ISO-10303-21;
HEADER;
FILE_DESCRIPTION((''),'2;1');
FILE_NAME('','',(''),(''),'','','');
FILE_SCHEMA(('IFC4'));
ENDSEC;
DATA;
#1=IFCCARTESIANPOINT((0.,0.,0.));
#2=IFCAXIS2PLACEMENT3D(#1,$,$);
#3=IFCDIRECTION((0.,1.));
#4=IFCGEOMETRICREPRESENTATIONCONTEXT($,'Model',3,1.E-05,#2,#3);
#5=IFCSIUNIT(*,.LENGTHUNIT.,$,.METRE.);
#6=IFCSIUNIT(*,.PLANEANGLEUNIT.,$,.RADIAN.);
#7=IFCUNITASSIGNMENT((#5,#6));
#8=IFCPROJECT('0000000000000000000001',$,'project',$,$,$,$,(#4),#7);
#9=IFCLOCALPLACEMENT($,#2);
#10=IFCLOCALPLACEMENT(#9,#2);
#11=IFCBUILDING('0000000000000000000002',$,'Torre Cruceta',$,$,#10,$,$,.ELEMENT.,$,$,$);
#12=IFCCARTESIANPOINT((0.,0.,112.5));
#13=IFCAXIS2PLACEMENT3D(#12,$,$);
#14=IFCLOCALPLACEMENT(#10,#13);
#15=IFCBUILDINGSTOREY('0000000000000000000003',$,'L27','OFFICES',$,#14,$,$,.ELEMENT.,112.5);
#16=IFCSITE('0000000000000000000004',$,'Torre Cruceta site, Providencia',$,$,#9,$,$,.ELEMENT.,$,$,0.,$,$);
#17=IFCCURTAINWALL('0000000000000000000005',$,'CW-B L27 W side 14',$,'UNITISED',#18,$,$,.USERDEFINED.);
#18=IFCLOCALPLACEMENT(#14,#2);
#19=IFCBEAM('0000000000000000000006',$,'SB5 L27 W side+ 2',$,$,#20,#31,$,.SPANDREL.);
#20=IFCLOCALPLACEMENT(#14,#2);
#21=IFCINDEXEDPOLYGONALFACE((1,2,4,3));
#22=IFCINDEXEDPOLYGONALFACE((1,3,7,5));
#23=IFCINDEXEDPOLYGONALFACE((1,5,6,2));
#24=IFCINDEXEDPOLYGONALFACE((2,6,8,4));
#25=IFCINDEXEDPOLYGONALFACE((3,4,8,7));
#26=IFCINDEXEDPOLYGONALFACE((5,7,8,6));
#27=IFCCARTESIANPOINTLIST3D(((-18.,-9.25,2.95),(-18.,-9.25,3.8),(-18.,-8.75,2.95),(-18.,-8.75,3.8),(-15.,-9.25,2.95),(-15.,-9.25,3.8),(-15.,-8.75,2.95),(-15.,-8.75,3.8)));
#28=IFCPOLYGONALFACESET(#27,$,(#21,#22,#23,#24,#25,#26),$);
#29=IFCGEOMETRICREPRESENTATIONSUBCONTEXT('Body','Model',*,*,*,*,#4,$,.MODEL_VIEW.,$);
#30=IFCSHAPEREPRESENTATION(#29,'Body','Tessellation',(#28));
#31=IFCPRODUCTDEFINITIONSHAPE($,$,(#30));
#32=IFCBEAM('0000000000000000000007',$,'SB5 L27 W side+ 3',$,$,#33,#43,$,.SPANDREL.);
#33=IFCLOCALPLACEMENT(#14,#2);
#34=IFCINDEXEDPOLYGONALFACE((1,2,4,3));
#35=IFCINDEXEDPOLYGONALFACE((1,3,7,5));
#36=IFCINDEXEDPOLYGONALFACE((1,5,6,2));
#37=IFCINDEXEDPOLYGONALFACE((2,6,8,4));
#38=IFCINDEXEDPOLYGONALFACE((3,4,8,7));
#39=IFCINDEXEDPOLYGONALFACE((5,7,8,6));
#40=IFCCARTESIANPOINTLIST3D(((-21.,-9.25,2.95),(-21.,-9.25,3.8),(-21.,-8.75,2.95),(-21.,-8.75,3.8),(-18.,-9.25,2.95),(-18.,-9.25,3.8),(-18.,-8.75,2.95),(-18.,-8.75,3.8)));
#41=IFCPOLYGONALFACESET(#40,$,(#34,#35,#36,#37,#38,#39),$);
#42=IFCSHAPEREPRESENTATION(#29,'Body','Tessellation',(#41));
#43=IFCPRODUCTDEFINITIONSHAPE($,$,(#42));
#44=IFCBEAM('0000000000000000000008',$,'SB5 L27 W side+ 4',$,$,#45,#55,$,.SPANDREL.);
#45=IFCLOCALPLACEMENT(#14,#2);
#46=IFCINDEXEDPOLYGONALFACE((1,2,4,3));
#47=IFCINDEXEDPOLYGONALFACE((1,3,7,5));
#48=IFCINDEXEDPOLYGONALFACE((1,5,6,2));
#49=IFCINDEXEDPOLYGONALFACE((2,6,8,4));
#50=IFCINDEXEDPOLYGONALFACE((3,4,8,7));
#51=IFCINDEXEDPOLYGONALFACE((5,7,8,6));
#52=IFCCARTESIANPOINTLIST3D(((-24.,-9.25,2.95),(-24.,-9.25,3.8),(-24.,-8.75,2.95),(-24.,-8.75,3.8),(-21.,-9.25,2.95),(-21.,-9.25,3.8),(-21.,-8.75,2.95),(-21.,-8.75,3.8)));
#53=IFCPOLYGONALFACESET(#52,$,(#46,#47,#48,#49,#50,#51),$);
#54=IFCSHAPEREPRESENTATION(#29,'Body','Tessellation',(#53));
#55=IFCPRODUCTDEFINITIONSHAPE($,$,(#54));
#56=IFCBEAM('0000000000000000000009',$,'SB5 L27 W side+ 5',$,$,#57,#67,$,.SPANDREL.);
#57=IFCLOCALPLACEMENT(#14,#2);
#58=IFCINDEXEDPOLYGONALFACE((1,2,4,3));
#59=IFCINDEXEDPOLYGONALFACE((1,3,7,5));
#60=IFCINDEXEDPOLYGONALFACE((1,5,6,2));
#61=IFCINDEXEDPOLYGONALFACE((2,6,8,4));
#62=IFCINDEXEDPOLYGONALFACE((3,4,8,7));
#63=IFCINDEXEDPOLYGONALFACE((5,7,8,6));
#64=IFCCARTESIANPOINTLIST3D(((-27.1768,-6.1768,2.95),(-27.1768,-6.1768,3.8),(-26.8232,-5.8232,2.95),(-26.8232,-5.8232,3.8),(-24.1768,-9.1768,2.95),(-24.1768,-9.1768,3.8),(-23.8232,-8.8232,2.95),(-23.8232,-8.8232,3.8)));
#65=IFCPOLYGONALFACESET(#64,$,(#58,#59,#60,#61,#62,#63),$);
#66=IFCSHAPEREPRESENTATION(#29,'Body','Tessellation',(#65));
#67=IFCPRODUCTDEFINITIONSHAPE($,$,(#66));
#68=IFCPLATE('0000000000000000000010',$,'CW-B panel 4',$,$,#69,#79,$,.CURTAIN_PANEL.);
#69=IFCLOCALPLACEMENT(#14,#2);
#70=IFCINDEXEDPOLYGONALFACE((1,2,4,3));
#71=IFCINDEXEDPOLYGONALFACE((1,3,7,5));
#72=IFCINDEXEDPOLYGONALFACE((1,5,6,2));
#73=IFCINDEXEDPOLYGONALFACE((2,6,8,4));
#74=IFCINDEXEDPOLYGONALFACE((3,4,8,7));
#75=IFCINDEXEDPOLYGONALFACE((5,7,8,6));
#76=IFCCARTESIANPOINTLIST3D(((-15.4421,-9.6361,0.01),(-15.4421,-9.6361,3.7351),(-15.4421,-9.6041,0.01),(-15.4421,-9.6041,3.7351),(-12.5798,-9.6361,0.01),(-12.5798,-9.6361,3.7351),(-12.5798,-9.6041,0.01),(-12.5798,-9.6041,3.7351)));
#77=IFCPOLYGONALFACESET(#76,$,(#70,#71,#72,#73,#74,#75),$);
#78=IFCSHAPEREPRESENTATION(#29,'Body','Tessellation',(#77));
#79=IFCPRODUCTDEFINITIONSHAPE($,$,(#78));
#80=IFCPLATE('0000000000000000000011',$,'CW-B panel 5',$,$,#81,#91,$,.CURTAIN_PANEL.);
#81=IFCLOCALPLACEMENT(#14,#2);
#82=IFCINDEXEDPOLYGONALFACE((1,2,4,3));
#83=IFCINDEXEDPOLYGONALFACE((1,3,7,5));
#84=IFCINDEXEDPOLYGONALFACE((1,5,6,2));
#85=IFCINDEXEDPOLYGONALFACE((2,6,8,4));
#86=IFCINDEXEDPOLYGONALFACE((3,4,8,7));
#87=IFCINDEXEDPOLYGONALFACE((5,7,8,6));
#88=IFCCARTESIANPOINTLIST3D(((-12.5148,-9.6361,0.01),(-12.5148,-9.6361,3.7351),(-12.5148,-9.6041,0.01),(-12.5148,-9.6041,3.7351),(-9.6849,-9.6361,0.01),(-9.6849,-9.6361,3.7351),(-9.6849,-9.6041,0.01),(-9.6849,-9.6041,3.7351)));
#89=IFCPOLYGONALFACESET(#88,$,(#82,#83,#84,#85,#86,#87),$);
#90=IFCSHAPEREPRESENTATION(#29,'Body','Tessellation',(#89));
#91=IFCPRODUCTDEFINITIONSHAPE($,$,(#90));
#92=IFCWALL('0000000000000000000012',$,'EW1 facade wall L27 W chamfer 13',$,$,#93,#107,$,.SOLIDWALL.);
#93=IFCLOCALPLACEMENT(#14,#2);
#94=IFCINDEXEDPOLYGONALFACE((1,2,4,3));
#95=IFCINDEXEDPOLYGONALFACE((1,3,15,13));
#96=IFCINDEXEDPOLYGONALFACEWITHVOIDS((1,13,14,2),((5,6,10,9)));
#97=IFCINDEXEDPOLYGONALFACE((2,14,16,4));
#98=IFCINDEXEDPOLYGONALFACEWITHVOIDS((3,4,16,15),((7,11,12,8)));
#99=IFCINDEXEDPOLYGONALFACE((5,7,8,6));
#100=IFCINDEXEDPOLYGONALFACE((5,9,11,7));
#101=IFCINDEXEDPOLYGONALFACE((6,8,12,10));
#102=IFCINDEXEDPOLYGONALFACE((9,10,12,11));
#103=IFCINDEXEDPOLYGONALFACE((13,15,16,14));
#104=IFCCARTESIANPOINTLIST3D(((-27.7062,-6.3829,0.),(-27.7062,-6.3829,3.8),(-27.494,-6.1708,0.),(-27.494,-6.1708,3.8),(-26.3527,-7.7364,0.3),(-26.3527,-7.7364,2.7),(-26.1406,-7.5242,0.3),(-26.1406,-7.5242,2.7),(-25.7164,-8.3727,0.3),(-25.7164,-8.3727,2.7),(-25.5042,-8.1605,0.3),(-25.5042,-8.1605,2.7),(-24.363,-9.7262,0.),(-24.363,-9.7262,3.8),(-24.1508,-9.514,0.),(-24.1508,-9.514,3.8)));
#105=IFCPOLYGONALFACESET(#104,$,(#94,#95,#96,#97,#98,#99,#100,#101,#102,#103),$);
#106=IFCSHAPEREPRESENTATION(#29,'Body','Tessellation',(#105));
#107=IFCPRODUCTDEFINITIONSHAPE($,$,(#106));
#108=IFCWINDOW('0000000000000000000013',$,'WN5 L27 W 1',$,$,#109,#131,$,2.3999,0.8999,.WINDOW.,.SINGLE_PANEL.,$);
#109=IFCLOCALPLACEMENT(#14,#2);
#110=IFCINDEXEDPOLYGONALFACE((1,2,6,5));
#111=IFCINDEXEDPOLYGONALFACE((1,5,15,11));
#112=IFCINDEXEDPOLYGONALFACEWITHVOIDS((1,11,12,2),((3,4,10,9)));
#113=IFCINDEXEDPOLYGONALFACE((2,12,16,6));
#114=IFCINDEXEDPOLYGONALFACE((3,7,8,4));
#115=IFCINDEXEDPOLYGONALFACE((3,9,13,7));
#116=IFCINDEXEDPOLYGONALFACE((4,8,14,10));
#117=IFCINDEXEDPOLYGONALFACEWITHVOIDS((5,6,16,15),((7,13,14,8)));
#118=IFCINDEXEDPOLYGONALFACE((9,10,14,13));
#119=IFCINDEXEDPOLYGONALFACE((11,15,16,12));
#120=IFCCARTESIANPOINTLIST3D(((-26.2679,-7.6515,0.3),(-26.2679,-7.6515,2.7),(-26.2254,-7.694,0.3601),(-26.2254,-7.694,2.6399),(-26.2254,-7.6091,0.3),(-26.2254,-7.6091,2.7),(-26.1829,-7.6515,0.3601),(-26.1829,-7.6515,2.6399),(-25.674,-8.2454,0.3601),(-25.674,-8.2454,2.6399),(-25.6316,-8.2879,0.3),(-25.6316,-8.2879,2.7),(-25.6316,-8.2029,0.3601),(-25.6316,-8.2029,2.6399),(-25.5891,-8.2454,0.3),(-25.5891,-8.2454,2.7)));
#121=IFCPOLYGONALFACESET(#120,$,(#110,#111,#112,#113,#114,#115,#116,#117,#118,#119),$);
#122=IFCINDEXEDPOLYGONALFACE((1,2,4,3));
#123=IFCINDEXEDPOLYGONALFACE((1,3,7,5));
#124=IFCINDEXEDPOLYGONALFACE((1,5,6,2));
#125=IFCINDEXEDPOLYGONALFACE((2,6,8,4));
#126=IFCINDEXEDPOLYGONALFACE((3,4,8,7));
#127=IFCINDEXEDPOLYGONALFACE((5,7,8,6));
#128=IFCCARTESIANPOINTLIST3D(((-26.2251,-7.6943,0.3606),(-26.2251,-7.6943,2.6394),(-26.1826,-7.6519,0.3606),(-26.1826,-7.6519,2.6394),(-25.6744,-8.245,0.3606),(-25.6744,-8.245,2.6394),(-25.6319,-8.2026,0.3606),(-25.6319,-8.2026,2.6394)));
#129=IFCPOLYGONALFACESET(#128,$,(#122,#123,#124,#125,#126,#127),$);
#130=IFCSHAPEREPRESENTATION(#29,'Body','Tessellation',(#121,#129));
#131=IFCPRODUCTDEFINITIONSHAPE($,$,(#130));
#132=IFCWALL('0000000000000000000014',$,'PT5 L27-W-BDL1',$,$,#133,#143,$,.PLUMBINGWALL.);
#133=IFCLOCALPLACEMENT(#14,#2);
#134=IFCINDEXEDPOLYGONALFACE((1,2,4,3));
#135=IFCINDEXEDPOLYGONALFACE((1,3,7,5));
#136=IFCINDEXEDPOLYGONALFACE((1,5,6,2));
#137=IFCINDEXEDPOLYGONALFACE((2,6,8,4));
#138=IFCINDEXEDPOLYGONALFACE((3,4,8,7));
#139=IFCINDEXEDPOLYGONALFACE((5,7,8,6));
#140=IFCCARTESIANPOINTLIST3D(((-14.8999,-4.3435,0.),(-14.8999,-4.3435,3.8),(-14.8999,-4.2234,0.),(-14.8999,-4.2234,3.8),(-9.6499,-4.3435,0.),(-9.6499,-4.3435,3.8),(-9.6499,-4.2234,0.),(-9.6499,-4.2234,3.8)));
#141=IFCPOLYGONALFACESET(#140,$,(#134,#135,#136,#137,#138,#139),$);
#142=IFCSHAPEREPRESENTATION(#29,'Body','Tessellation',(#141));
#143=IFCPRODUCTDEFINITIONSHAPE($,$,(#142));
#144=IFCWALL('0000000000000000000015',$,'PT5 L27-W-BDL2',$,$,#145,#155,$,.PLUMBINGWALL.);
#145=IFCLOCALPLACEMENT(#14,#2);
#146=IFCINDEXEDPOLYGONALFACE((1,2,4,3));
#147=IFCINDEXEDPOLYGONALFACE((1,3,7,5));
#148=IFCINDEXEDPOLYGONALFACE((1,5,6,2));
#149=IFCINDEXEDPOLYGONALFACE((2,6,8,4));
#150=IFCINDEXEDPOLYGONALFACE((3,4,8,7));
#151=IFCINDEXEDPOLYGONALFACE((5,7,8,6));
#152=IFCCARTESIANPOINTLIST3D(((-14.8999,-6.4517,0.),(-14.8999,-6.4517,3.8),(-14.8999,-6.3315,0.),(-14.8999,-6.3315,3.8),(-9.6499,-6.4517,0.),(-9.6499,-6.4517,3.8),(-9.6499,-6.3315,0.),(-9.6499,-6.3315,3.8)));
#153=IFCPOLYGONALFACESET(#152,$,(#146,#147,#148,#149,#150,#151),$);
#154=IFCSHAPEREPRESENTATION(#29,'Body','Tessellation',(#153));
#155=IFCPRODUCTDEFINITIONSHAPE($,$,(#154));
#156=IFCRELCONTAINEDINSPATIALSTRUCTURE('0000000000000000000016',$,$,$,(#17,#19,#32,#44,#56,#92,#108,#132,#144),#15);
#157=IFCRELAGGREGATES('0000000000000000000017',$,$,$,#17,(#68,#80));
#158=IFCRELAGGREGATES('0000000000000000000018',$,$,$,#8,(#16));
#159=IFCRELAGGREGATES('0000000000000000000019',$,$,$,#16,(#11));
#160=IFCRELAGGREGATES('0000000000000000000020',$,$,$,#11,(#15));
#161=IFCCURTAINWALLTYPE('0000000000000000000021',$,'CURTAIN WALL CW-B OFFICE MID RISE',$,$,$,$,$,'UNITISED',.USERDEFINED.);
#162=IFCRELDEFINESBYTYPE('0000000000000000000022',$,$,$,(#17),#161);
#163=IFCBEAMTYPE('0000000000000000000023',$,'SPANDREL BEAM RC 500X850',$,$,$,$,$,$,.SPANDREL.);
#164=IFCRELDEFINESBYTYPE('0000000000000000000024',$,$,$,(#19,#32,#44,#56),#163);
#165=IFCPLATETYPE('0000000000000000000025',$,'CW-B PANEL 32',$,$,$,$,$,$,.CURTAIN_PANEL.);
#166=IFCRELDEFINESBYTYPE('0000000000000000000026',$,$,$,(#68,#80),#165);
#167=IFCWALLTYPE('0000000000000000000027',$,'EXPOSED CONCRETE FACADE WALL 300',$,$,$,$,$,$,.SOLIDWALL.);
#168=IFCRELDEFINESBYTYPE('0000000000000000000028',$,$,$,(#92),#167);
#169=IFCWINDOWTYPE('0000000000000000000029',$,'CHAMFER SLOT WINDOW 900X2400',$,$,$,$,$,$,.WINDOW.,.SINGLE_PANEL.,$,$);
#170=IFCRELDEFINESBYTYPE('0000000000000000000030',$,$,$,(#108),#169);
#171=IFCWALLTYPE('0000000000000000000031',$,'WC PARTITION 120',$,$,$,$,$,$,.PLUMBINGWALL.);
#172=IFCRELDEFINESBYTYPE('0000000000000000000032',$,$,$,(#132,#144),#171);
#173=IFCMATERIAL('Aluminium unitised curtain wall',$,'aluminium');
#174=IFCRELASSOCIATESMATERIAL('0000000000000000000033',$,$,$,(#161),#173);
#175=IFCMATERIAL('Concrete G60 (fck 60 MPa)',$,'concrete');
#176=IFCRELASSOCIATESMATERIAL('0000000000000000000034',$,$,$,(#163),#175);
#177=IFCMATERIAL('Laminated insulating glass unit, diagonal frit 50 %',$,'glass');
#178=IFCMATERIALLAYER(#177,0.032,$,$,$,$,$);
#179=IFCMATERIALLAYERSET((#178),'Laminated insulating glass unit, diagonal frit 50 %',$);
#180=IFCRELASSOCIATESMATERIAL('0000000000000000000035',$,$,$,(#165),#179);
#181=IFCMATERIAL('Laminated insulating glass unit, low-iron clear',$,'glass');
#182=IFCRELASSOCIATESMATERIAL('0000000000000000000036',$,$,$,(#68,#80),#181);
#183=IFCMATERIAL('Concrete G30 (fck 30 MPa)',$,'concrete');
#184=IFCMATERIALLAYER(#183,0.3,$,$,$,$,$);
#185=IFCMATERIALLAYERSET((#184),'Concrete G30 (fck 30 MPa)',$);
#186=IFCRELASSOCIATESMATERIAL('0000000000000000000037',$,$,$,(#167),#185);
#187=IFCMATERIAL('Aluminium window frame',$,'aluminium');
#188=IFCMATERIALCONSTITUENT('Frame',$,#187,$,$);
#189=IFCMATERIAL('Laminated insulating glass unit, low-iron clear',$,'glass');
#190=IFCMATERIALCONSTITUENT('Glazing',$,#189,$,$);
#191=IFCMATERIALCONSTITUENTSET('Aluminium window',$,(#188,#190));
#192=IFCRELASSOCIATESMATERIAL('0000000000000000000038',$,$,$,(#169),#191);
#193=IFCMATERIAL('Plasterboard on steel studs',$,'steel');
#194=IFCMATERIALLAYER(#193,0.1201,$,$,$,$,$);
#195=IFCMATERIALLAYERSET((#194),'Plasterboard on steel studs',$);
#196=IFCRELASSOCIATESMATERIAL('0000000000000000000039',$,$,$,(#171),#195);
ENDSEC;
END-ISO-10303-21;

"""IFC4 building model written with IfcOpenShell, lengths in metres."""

from ifc_helpers import new_model, si_unit, direction, frame, frame_2d, origin, origin_2d, place, context, subcontext, project, spatial, rectangle, hollow_rectangle, extrude, material, layer, layer_set, constituent, constituent_set, material_profile, profile_set, type_object, element, fill, aggregate, save


model = new_model("IFC4")

# Units and contexts
model_context = context("Model", 3, precision=1e-05, world=origin(), true_north=direction((0.0, 1.0)))
body_context = subcontext(model_context, "Body", "Model", "MODEL_VIEW")
ifc_project = project(units=[si_unit("LENGTHUNIT", "METRE"), si_unit("PLANEANGLEUNIT", "RADIAN")], contexts=[model_context])

# Site, building, storey
site_placement = place(None, origin())
site = spatial("IfcSite", under=ifc_project, at=site_placement, Name="Torre Cruceta site, Providencia", CompositionType="ELEMENT", RefElevation=0.0)
building_placement = place(site_placement, origin())
building = spatial("IfcBuilding", under=site, at=building_placement, Name="Torre Cruceta", CompositionType="ELEMENT")
storey_placement = place(building_placement, frame((0.0, 0.0, 112.5)))
storey = spatial("IfcBuildingStorey", under=building, at=storey_placement, Name="L27", Description="OFFICES", CompositionType="ELEMENT", Elevation=112.5)

# Curtain wall
ifc_material_1 = material(Name="Aluminium unitised curtain wall", Category="aluminium")
curtain_wall_type = type_object("IfcCurtainWallType", Name="CURTAIN WALL CW-B OFFICE MID RISE", ElementType="UNITISED", PredefinedType="USERDEFINED", material=ifc_material_1)
curtain_wall_placement = place(storey_placement, origin())
curtain_wall = element("IfcCurtainWall", 1, at=curtain_wall_placement, inside=storey, type_object=curtain_wall_type, Name="CW-B L27 W side 14", ObjectType="UNITISED", PredefinedType="USERDEFINED")

# Beams
ifc_material_2 = material(Name="Concrete G60 (fck 60 MPa)", Category="concrete")
ifc_material_profile_1 = material_profile(ifc_material_2, rectangle(XDim=0.5, YDim=0.8501, at=origin_2d()), Name="RC 500X850")
ifc_profile_set_1 = profile_set([ifc_material_profile_1], Name="Concrete G60 (fck 60 MPa)")
beam_type_1 = type_object("IfcBeamType", Name="SPANDREL BEAM RC 500X850", PredefinedType="SPANDREL", material=ifc_profile_set_1)
for number, where, z_axis, x_axis, name in (
    (2, (-15.0, -9.0, 3.375), (-1.0, 0.0, 0.0), (0.0, -1.0, 0.0), "SB5 L27 W side+ 2"),
    (3, (-18.0, -9.0, 3.375), (-1.0, 0.0, 0.0), (0.0, -1.0, 0.0), "SB5 L27 W side+ 3"),
    (4, (-21.0, -9.0, 3.375), (-1.0, 0.0, 0.0), (0.0, -1.0, 0.0), "SB5 L27 W side+ 4"),
):
    element("IfcBeam", number, at=place(storey_placement, frame(where, z_axis=z_axis, x_axis=x_axis)), inside=storey, type_object=beam_type_1, Name=name, PredefinedType="SPANDREL", context=body_context, shape_type="SweptSolid", body=[
        extrude(rectangle(XDim=0.5, YDim=0.8501, at=origin_2d()), origin(), (0.0, 0.0, 1.0), 3.0),
    ])
beam_1_placement = place(storey_placement, frame((-24.0, -9.0, 3.375), z_axis=(-0.707107, 0.707107, 0.0), x_axis=(-0.707107, -0.707107, 0.0)))
element("IfcBeam", 5, at=beam_1_placement, inside=storey, type_object=beam_type_1, Name="SB5 L27 W side+ 5", PredefinedType="SPANDREL", context=body_context, shape_type="SweptSolid", body=[
    extrude(rectangle(XDim=0.5, YDim=0.8501, at=origin_2d()), origin(), (0.0, 0.0, 1.0), 4.2427),
])

# Plates
ifc_material_3 = material(Name="Laminated insulating glass unit, low-iron clear", Category="glass")
ifc_material_4 = material(Name="Laminated insulating glass unit, diagonal frit 50 %", Category="glass")
ifc_layer_1 = layer(ifc_material_4, 0.032)
ifc_layer_set_1 = layer_set([ifc_layer_1], Name="Laminated insulating glass unit, diagonal frit 50 %")
plate_type = type_object("IfcPlateType", Name="CW-B PANEL 32", PredefinedType="CURTAIN_PANEL", material=ifc_layer_set_1)
plate_1_placement = place(storey_placement, frame((-14.011, -9.6201, 0.01), z_axis=(0.0, 0.0, 1.0), x_axis=(1.0, 0.0, 0.0)))
plate_1 = element("IfcPlate", 6, at=plate_1_placement, type_object=plate_type, material=ifc_material_3, Name="CW-B panel 4", PredefinedType="CURTAIN_PANEL", context=body_context, shape_type="SweptSolid", body=[
    extrude(rectangle(XDim=2.8623, YDim=0.032, at=origin_2d()), origin(), (0.0, 0.0, 1.0), 3.7251),
])
plate_2_placement = place(storey_placement, frame((-11.0999, -9.6201, 0.01), z_axis=(0.0, 0.0, 1.0), x_axis=(1.0, 0.0, 0.0)))
plate_2 = element("IfcPlate", 7, at=plate_2_placement, type_object=plate_type, material=ifc_material_3, Name="CW-B panel 5", PredefinedType="CURTAIN_PANEL", context=body_context, shape_type="SweptSolid", body=[
    extrude(rectangle(XDim=2.8298, YDim=0.032, at=origin_2d()), origin(), (0.0, 0.0, 1.0), 3.7251),
])
aggregate(curtain_wall, [plate_1, plate_2])

# Wall, opening, window
ifc_material_5 = material(Name="Concrete G30 (fck 30 MPa)", Category="concrete")
ifc_layer_2 = layer(ifc_material_5, 0.3)
ifc_layer_set_2 = layer_set([ifc_layer_2], Name="Concrete G30 (fck 30 MPa)")
wall_type_1 = type_object("IfcWallType", Name="EXPOSED CONCRETE FACADE WALL 300", PredefinedType="SOLIDWALL", material=ifc_layer_set_2)
wall_placement = place(storey_placement, frame((-27.6001, -6.2769, 0.0), z_axis=(0.0, 0.0, 1.0), x_axis=(0.707107, -0.707107, 0.0)))
wall = element("IfcWall", 8, at=wall_placement, inside=storey, type_object=wall_type_1, Name="EW1 facade wall L27 W chamfer 13", PredefinedType="SOLIDWALL", context=body_context, shape_type="SweptSolid", body=[
    extrude(rectangle(XDim=4.728, YDim=0.3, at=frame_2d((2.364, 0.0))), origin(), (0.0, 0.0, 1.0), 3.8),
])
opening_placement = place(wall_placement, frame((1.9141, 0.0, 0.3)))
opening = element("IfcOpeningElement", 9, at=opening_placement, cuts=wall, PredefinedType="OPENING", context=body_context, shape_type="SweptSolid", body=[
    extrude(rectangle(XDim=0.8999, YDim=2.3999, at=frame_2d((0.45, 1.2))), frame((0.0, 0.1599, 0.0), z_axis=(0.0, -1.0, 0.0), x_axis=(1.0, 0.0, 0.0)), (0.0, 0.0, 1.0), 0.3201),
])
ifc_material_6 = material(Name="Aluminium window frame", Category="aluminium")
ifc_constituent_1 = constituent(ifc_material_6, Name="Frame")
ifc_material_7 = material(Name="Laminated insulating glass unit, low-iron clear", Category="glass")
ifc_constituent_2 = constituent(ifc_material_7, Name="Glazing")
ifc_constituent_set = constituent_set(constituents=[ifc_constituent_1, ifc_constituent_2], Name="Aluminium window")
window_type = type_object("IfcWindowType", Name="CHAMFER SLOT WINDOW 900X2400", PartitioningType="SINGLE_PANEL", PredefinedType="WINDOW", material=ifc_constituent_set)
window_placement = place(opening_placement, origin())
window = element("IfcWindow", 10, at=window_placement, inside=storey, type_object=window_type, Name="WN5 L27 W 1", OverallHeight=2.3999, OverallWidth=0.8999, PartitioningType="SINGLE_PANEL", PredefinedType="WINDOW", context=body_context, shape_type="SweptSolid", body=[
    extrude(hollow_rectangle(XDim=0.8999, YDim=2.3999, WallThickness=0.0601, at=frame_2d((0.45, 1.2))), frame((0.0, 0.03, 0.0), z_axis=(0.0, -1.0, 0.0), x_axis=(1.0, 0.0, 0.0)), (0.0, 0.0, 1.0), 0.0601),
    extrude(rectangle(XDim=0.7788, YDim=2.2788, at=frame_2d((0.45, 1.2))), frame((0.0, 0.03, 0.0), z_axis=(0.0, -1.0, 0.0), x_axis=(1.0, 0.0, 0.0)), (0.0, 0.0, 1.0), 0.0601),
])
fill(opening, window)

# Walls
ifc_material_8 = material(Name="Plasterboard on steel studs", Category="steel")
ifc_layer_3 = layer(ifc_material_8, 0.1201)
ifc_layer_set_3 = layer_set([ifc_layer_3], Name="Plasterboard on steel studs")
wall_type_2 = type_object("IfcWallType", Name="WC PARTITION 120", PredefinedType="PLUMBINGWALL", material=ifc_layer_set_3)
for number, where, z_axis, x_axis, name in (
    (11, (-9.6499, -4.2834, 0.0), (0.0, 0.0, 1.0), (-1.0, 0.0, 0.0), "PT5 L27-W-BDL1"),
    (12, (-9.6499, -6.3916, 0.0), (0.0, 0.0, 1.0), (-1.0, 0.0, 0.0), "PT5 L27-W-BDL2"),
):
    element("IfcWall", number, at=place(storey_placement, frame(where, z_axis=z_axis, x_axis=x_axis)), inside=storey, type_object=wall_type_2, Name=name, PredefinedType="PLUMBINGWALL", context=body_context, shape_type="SweptSolid", body=[
        extrude(rectangle(XDim=5.25, YDim=0.1201, at=frame_2d((2.625, 0.0))), origin(), (0.0, 0.0, 1.0), 3.8),
    ])

save(model, "model.ifc")
